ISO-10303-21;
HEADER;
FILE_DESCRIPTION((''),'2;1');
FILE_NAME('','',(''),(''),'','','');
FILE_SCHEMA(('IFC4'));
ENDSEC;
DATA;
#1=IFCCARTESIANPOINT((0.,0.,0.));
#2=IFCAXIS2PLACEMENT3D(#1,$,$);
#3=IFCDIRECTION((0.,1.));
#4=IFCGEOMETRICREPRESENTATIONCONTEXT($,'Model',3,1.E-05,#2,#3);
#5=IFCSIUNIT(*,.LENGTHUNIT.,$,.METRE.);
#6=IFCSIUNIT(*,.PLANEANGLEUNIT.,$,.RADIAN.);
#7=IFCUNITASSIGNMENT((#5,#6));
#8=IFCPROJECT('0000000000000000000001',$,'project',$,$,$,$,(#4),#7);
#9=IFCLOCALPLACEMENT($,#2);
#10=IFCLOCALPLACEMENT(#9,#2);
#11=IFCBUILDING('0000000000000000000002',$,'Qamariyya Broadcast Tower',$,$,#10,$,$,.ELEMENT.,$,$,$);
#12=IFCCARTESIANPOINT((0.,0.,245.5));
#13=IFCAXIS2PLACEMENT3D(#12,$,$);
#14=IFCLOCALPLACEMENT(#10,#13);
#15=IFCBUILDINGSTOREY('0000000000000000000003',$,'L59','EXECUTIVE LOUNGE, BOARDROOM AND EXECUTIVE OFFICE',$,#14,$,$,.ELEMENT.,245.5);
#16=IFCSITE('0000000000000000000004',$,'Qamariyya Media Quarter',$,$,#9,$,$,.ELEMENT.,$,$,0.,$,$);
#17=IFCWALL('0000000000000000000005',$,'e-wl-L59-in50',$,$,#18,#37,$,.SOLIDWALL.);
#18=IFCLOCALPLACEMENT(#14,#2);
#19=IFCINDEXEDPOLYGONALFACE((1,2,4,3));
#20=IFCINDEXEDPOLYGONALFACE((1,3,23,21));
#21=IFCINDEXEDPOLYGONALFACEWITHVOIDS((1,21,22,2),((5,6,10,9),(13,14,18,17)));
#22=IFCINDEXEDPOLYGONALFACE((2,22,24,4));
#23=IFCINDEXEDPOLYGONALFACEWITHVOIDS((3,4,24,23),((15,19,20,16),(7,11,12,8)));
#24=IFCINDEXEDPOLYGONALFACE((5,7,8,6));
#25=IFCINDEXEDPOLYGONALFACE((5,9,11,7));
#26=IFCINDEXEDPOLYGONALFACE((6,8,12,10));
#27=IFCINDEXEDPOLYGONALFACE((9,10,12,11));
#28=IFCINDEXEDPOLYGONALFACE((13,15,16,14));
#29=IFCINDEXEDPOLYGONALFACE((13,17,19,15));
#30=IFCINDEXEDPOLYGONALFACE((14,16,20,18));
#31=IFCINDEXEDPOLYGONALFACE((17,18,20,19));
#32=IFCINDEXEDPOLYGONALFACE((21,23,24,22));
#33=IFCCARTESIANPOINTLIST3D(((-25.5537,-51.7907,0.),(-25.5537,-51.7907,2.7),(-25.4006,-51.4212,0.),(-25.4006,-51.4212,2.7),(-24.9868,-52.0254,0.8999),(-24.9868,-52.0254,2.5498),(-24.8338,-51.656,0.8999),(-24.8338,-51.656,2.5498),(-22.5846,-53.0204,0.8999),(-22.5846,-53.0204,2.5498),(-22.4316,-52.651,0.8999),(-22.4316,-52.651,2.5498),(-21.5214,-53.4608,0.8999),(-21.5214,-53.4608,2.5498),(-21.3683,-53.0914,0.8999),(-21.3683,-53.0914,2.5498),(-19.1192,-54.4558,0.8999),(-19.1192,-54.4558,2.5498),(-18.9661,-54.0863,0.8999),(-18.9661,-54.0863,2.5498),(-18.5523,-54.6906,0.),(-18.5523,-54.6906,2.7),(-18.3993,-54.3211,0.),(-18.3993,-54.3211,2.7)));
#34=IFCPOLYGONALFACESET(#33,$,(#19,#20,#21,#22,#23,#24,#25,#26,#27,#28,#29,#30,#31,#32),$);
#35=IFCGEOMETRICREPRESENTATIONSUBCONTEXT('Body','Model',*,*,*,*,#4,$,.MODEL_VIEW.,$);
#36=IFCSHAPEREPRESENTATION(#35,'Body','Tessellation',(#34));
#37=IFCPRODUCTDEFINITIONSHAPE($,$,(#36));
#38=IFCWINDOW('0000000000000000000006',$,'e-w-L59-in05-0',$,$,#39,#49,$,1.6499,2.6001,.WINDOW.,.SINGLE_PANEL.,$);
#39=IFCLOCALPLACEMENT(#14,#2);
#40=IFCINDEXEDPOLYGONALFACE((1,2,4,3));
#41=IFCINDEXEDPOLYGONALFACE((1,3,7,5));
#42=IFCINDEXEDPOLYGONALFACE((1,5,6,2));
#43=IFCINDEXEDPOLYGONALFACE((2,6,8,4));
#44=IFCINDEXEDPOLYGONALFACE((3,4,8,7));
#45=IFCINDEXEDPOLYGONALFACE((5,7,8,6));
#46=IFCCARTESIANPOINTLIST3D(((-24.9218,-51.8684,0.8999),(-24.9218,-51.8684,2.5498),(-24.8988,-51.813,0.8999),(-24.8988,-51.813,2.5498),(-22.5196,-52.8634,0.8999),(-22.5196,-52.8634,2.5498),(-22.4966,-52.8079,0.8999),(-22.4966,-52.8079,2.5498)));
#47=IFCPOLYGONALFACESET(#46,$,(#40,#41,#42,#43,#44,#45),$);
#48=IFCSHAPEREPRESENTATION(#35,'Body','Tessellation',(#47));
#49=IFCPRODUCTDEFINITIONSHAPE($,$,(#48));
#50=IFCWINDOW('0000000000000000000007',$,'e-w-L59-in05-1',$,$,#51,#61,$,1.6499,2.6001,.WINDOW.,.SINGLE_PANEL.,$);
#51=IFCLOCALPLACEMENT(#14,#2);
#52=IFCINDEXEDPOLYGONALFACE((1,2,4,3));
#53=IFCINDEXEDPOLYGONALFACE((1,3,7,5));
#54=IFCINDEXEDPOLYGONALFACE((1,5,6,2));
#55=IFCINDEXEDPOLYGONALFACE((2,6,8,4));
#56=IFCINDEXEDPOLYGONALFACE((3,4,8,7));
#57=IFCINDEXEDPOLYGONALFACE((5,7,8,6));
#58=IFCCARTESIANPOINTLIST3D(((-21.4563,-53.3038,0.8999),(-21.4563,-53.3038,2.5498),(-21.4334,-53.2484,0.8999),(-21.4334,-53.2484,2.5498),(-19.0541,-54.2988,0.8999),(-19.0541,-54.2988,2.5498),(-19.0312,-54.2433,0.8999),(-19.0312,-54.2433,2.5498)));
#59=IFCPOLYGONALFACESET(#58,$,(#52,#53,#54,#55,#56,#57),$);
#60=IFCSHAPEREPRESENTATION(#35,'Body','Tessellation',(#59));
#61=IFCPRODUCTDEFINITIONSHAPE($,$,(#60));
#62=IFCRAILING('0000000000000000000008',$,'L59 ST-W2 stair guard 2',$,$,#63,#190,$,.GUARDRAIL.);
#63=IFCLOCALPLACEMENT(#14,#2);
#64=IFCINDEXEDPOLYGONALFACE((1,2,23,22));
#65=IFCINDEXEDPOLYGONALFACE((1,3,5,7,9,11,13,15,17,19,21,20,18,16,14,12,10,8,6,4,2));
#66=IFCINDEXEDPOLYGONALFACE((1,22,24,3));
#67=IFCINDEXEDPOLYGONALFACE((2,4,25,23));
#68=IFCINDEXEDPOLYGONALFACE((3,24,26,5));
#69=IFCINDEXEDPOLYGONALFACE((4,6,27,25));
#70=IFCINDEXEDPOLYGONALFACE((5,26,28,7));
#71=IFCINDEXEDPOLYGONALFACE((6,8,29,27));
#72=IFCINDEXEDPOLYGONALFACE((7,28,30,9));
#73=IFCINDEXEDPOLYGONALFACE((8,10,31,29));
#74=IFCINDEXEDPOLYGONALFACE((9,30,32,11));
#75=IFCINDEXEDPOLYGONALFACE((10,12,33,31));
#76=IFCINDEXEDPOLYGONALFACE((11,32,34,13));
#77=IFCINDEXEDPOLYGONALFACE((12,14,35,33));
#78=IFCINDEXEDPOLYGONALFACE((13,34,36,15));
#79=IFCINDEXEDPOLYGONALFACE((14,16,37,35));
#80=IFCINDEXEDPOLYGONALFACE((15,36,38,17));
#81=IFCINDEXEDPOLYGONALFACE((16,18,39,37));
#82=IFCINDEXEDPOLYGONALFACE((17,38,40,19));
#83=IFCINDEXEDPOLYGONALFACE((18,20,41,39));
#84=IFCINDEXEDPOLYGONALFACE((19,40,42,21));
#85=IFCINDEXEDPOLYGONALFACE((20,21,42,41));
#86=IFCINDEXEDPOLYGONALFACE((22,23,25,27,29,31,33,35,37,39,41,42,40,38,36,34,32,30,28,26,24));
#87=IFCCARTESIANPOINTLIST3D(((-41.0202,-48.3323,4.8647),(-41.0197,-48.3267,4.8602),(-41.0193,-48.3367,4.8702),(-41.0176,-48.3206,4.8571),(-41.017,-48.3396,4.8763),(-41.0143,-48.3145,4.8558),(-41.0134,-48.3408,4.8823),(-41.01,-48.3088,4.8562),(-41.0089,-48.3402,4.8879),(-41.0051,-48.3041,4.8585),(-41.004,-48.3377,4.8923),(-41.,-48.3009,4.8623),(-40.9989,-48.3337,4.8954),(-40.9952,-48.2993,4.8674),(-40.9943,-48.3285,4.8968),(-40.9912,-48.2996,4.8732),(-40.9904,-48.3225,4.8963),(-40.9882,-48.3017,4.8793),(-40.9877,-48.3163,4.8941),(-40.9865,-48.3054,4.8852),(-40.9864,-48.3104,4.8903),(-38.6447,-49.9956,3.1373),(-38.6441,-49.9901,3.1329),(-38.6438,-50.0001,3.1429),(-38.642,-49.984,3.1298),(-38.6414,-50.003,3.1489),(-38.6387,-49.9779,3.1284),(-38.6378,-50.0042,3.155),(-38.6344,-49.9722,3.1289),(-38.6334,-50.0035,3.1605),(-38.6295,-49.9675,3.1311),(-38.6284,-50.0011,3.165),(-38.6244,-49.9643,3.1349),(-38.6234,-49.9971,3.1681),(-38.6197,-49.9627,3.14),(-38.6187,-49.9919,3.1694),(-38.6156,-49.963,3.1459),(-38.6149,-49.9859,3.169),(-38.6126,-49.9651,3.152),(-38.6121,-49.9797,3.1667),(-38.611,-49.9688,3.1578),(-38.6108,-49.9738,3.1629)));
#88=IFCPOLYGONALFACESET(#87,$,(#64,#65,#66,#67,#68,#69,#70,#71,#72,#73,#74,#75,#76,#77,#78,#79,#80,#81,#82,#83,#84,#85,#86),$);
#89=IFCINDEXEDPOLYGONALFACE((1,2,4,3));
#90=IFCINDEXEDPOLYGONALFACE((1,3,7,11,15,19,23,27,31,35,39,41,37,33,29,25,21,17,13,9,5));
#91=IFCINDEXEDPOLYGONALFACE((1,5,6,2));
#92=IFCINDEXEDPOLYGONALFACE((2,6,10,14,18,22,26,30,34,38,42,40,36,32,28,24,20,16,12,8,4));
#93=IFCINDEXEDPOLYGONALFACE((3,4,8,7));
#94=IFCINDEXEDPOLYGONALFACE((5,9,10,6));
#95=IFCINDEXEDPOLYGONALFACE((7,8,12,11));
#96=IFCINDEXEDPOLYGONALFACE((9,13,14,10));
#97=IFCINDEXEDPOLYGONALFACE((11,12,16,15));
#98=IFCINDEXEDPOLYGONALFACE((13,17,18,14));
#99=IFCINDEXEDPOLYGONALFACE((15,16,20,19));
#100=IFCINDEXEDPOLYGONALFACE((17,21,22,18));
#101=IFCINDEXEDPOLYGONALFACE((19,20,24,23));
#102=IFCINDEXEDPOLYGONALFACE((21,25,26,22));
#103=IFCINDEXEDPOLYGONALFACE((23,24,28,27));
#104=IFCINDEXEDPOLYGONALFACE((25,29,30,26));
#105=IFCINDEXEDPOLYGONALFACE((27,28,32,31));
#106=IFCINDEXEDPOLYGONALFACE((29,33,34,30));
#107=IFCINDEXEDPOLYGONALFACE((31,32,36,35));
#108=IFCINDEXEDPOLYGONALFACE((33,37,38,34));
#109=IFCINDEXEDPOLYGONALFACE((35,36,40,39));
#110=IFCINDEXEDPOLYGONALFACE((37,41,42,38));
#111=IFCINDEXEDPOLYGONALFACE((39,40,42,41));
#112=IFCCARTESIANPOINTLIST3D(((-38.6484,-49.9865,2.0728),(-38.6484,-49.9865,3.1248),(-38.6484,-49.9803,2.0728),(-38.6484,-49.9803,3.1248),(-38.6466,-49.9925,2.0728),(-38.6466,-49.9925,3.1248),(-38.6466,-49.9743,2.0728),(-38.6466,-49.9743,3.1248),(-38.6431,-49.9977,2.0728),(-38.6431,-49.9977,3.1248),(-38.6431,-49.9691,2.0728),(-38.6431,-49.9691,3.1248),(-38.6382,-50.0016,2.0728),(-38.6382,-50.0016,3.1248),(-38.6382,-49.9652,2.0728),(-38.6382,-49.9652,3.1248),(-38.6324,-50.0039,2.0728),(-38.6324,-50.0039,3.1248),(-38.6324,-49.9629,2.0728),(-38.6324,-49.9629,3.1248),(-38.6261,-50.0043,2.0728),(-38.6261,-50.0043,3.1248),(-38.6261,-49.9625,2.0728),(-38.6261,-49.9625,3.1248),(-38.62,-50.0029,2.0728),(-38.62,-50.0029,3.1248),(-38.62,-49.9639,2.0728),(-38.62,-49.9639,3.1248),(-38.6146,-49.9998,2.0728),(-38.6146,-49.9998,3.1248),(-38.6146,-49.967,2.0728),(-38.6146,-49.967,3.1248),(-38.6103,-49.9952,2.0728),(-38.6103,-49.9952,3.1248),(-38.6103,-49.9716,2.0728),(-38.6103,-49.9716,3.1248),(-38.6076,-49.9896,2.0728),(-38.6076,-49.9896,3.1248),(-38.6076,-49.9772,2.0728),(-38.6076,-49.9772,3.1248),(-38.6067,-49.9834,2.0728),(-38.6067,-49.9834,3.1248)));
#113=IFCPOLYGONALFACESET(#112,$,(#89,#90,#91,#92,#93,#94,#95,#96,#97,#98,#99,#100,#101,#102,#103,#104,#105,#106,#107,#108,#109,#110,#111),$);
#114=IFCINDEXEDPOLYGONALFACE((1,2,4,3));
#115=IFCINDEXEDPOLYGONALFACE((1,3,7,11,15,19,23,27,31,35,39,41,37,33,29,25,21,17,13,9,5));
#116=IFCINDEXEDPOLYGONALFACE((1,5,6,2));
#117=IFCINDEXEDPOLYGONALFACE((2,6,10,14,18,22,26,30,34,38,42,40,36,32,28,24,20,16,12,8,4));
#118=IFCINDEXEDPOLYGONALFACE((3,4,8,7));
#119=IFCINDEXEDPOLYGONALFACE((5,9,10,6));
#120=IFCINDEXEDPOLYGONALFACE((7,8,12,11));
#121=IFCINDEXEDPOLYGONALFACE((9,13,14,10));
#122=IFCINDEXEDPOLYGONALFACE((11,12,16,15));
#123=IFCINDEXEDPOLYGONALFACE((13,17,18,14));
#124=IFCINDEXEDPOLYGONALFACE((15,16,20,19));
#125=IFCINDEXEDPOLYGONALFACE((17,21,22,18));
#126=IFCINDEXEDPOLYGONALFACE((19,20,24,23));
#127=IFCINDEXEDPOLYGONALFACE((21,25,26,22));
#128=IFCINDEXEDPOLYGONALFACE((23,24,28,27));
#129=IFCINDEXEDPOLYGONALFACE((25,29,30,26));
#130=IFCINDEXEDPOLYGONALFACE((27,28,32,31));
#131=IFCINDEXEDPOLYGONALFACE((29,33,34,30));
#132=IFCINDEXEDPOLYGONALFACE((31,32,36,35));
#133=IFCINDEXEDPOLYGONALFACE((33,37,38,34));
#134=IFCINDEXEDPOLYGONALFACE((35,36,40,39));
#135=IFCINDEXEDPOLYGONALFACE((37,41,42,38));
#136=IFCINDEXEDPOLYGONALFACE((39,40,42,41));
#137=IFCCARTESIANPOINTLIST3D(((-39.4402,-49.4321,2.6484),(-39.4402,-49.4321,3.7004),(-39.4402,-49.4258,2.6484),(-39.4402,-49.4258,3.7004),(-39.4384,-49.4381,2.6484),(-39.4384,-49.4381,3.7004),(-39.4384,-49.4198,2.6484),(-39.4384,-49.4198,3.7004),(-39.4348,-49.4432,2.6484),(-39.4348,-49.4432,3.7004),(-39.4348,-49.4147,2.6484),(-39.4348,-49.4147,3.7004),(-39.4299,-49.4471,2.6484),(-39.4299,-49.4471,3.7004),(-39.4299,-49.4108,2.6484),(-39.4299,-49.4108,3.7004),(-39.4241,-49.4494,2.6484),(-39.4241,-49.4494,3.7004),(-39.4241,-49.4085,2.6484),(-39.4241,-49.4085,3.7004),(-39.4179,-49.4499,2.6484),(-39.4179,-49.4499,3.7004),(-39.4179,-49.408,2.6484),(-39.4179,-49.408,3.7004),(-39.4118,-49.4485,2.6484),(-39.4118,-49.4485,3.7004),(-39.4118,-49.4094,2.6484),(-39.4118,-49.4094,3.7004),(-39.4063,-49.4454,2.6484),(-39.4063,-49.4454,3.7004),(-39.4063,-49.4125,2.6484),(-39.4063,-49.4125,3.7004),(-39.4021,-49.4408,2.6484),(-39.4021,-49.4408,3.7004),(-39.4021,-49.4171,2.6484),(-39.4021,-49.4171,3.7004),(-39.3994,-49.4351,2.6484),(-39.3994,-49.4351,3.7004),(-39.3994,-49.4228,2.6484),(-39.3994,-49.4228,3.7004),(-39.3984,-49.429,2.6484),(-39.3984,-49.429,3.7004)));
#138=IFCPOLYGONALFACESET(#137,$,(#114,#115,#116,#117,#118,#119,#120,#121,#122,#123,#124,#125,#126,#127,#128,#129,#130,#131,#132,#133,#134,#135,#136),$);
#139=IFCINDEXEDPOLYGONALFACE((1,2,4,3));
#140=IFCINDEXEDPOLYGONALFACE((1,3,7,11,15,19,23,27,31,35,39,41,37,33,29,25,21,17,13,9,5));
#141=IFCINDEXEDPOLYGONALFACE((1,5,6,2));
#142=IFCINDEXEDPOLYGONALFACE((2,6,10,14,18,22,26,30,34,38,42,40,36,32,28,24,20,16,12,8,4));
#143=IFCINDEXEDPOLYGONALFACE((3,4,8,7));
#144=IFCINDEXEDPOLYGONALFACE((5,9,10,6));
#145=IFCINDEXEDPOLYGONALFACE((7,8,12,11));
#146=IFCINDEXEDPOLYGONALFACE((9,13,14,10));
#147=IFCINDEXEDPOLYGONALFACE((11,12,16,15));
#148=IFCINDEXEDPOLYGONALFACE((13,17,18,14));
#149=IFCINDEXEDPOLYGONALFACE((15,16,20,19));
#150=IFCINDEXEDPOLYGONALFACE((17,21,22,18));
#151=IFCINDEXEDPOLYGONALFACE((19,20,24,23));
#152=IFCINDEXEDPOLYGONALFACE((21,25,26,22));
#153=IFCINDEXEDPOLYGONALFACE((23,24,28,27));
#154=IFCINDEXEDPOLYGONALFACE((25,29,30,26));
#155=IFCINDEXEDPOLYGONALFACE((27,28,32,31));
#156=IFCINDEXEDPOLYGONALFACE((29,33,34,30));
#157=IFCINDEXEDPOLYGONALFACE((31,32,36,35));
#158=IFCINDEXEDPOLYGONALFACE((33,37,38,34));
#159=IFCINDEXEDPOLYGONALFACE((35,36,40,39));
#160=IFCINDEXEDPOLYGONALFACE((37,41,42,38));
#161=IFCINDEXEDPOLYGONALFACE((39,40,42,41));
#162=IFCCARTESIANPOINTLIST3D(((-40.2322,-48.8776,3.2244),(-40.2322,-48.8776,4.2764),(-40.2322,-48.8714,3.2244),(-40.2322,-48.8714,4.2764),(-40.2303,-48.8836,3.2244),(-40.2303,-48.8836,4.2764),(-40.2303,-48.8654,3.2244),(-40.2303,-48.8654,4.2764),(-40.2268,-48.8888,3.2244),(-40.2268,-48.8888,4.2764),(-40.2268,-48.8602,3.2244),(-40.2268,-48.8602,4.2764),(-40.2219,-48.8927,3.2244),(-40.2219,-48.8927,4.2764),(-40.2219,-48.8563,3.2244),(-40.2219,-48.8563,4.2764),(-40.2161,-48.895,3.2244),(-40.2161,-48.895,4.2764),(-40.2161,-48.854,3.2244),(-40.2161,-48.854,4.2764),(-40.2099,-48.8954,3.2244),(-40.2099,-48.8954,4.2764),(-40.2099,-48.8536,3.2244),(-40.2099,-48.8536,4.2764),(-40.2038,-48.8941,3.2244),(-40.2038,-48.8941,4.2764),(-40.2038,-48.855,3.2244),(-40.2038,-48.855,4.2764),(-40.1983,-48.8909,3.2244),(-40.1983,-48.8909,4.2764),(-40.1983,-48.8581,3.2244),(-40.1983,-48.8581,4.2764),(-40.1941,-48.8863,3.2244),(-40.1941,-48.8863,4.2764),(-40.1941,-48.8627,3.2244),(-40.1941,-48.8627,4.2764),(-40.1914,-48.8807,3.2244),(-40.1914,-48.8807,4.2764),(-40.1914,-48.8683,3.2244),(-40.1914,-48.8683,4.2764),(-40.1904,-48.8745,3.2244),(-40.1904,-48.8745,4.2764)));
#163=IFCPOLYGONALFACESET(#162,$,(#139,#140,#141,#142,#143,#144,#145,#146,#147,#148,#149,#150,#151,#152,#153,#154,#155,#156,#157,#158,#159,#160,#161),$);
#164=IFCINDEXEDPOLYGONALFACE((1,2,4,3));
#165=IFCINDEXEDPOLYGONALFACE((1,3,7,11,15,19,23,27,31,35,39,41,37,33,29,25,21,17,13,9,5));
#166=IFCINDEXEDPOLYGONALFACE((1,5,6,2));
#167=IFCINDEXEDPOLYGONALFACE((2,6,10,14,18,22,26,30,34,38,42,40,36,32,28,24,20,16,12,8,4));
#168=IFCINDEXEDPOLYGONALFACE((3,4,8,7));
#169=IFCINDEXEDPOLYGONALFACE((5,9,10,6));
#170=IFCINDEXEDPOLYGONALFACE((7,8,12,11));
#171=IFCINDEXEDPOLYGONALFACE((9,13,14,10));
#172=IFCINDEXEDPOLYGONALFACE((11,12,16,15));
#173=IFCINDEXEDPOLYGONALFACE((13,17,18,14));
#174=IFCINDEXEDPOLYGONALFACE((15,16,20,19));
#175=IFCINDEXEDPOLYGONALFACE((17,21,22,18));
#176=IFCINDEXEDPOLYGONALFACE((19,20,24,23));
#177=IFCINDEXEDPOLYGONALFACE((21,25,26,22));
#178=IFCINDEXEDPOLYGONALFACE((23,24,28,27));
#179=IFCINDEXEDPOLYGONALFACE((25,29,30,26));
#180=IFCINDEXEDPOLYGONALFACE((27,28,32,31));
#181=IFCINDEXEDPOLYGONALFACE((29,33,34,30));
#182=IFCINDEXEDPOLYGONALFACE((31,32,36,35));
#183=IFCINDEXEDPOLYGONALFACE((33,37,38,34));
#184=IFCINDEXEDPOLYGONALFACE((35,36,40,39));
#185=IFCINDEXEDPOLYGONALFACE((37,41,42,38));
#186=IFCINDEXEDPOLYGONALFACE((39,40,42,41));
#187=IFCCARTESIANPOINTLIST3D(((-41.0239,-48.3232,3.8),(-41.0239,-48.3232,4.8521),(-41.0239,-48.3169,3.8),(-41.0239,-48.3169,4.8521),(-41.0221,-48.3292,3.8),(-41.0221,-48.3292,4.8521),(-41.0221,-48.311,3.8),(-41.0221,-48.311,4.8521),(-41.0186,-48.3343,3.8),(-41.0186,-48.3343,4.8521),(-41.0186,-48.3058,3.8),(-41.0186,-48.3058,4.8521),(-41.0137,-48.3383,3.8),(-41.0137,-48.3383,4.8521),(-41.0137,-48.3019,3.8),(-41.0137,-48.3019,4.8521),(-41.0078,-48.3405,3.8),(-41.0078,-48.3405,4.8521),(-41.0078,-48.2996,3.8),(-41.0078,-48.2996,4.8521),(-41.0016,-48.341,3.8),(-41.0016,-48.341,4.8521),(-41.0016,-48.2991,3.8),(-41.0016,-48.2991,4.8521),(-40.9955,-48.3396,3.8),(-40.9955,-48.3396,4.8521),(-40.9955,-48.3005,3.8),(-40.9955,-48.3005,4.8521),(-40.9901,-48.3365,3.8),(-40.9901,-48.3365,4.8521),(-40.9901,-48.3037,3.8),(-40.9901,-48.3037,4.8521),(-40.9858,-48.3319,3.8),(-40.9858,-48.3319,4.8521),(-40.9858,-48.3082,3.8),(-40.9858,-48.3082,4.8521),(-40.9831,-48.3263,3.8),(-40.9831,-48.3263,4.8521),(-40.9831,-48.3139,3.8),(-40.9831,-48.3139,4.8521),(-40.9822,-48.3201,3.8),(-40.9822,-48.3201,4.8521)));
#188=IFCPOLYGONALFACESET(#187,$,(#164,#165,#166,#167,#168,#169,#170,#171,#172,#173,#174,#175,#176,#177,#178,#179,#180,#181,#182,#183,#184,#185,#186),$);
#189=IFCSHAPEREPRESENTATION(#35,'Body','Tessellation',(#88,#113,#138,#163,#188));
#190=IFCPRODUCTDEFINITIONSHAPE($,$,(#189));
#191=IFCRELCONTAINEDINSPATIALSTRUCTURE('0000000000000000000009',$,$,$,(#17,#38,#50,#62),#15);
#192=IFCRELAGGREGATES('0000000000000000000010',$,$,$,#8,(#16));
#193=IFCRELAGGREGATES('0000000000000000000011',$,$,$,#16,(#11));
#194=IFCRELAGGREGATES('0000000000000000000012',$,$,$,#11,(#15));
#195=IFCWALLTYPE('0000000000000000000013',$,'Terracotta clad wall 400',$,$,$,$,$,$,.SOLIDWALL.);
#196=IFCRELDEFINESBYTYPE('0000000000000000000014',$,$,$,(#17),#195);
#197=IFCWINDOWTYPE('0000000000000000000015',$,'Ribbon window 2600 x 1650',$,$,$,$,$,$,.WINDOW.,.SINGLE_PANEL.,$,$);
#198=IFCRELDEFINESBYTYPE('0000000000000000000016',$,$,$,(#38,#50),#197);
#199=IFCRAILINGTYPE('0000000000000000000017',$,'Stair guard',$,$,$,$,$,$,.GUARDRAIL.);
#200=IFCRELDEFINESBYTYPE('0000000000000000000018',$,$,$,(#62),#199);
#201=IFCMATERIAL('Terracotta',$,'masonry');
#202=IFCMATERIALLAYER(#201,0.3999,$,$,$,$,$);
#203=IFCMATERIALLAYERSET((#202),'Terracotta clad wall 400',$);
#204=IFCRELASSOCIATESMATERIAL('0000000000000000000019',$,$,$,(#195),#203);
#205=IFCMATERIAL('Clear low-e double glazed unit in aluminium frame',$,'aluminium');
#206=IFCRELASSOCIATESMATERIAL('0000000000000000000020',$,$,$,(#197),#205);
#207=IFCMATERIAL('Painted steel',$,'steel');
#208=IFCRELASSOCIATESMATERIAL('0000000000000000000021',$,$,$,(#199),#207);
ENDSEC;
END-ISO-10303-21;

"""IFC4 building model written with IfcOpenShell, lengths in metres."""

from ifc_helpers import new_model, si_unit, direction, frame, frame_2d, origin, origin_2d, place, context, subcontext, project, spatial, rectangle, circle, extrude, material, layer, layer_set, type_object, element, fill, save


model = new_model("IFC4")

# Units and contexts
model_context = context("Model", 3, precision=1e-05, world=origin(), true_north=direction((0.0, 1.0)))
body_context = subcontext(model_context, "Body", "Model", "MODEL_VIEW")
ifc_project = project(units=[si_unit("LENGTHUNIT", "METRE"), si_unit("PLANEANGLEUNIT", "RADIAN")], contexts=[model_context])

# Site, building, storey
site_placement = place(None, origin())
site = spatial("IfcSite", under=ifc_project, at=site_placement, Name="Qamariyya Media Quarter", CompositionType="ELEMENT", RefElevation=0.0)
building_placement = place(site_placement, origin())
building = spatial("IfcBuilding", under=site, at=building_placement, Name="Qamariyya Broadcast Tower", CompositionType="ELEMENT")
storey_placement = place(building_placement, frame((0.0, 0.0, 245.5)))
storey = spatial("IfcBuildingStorey", under=building, at=storey_placement, Name="L59", Description="EXECUTIVE LOUNGE, BOARDROOM AND EXECUTIVE OFFICE", CompositionType="ELEMENT", Elevation=245.5)

# Wall, openings, windows
ifc_material_1 = material(Name="Terracotta", Category="masonry")
ifc_layer_1 = layer(ifc_material_1, 0.3999)
ifc_layer_set_1 = layer_set([ifc_layer_1], Name="Terracotta clad wall 400")
wall_type_1 = type_object("IfcWallType", Name="Terracotta clad wall 400", PredefinedType="SOLIDWALL", material=ifc_layer_set_1)
ifc_material_2 = material(Name="Clear low-e double glazed unit in aluminium frame", Category="aluminium")
window_type = type_object("IfcWindowType", Name="Ribbon window 2600 x 1650", PartitioningType="SINGLE_PANEL", PredefinedType="WINDOW", material=ifc_material_2)
wall_1_placement = place(storey_placement, frame((-18.4758, -54.5059, 0.0), z_axis=(0.0, 0.0, 1.0), x_axis=(-0.923884, 0.382672, 0.0)))
wall_1 = element("IfcWall", 1, at=wall_1_placement, inside=storey, type_object=wall_type_1, Name="e-wl-L59-in50", PredefinedType="SOLIDWALL", context=body_context, shape_type="SweptSolid", body=[
    extrude(rectangle(XDim=7.5781, YDim=0.3999, at=frame_2d((3.7891, 0.0))), origin(), (0.0, 0.0, 1.0), 2.7),
])
opening_1_placement = place(wall_1_placement, frame((4.3645, 0.0, 0.8999)))
opening_1 = element("IfcOpeningElement", 2, at=opening_1_placement, cuts=wall_1, PredefinedType="OPENING", context=body_context, shape_type="SweptSolid", body=[
    extrude(rectangle(XDim=2.6001, YDim=1.6499, at=frame_2d((1.3, 0.825))), frame((0.0, 0.21, 0.0), z_axis=(0.0, -1.0, 0.0), x_axis=(1.0, 0.0, 0.0)), (0.0, 0.0, 1.0), 0.4199),
])
opening_2_placement = place(wall_1_placement, frame((0.6135, 0.0, 0.8999)))
opening_2 = element("IfcOpeningElement", 3, at=opening_2_placement, cuts=wall_1, PredefinedType="OPENING", context=body_context, shape_type="SweptSolid", body=[
    extrude(rectangle(XDim=2.6001, YDim=1.6499, at=frame_2d((1.3, 0.825))), frame((0.0, 0.21, 0.0), z_axis=(0.0, -1.0, 0.0), x_axis=(1.0, 0.0, 0.0)), (0.0, 0.0, 1.0), 0.4199),
])
window_1_placement = place(opening_1_placement, origin())
window_1 = element("IfcWindow", 4, at=window_1_placement, inside=storey, type_object=window_type, Name="e-w-L59-in05-0", OverallHeight=1.6499, OverallWidth=2.6001, PartitioningType="SINGLE_PANEL", PredefinedType="WINDOW", context=body_context, shape_type="SweptSolid", body=[
    extrude(rectangle(XDim=2.6001, YDim=1.6499, at=frame_2d((1.3, 0.825))), frame((0.0, 0.03, 0.0), z_axis=(0.0, -1.0, 0.0), x_axis=(1.0, 0.0, 0.0)), (0.0, 0.0, 1.0), 0.0601),
])
fill(opening_1, window_1)
window_2_placement = place(opening_2_placement, origin())
window_2 = element("IfcWindow", 5, at=window_2_placement, inside=storey, type_object=window_type, Name="e-w-L59-in05-1", OverallHeight=1.6499, OverallWidth=2.6001, PartitioningType="SINGLE_PANEL", PredefinedType="WINDOW", context=body_context, shape_type="SweptSolid", body=[
    extrude(rectangle(XDim=2.6001, YDim=1.6499, at=frame_2d((1.3, 0.825))), frame((0.0, 0.03, 0.0), z_axis=(0.0, -1.0, 0.0), x_axis=(1.0, 0.0, 0.0)), (0.0, 0.0, 1.0), 0.0601),
])
fill(opening_2, window_2)

# Railing
ifc_material_3 = material(Name="Painted steel", Category="steel")
railing_type = type_object("IfcRailingType", Name="Stair guard", PredefinedType="GUARDRAIL", material=ifc_material_3)
railing_placement = place(storey_placement, frame((-38.6277, -49.9834, 2.0728)))
element("IfcRailing", 6, at=railing_placement, inside=storey, type_object=railing_type, Name="L59 ST-W2 stair guard 2", PredefinedType="GUARDRAIL", context=body_context, shape_type="SweptSolid", body=[
    extrude(circle(Radius=0.0239, at=origin_2d()), frame((0.0, 0.0, 1.0762), z_axis=(-0.70377, 0.492784, 0.511734), x_axis=(-0.573575, -0.819153, 0.0)), (0.0, 0.0, 1.0), 3.3755),
    extrude(circle(Radius=0.021, at=origin_2d()), origin(), (0.0, 0.0, 1.0), 1.052),
    extrude(circle(Radius=0.021, at=origin_2d()), frame((-0.7917, 0.5544, 0.5757)), (0.0, 0.0, 1.0), 1.052),
    extrude(circle(Radius=0.021, at=origin_2d()), frame((-1.5837, 1.1089, 1.1516)), (0.0, 0.0, 1.0), 1.052),
    extrude(circle(Radius=0.021, at=origin_2d()), frame((-2.3755, 1.6633, 1.7273)), (0.0, 0.0, 1.0), 1.052),
])

save(model, "model.ifc")
